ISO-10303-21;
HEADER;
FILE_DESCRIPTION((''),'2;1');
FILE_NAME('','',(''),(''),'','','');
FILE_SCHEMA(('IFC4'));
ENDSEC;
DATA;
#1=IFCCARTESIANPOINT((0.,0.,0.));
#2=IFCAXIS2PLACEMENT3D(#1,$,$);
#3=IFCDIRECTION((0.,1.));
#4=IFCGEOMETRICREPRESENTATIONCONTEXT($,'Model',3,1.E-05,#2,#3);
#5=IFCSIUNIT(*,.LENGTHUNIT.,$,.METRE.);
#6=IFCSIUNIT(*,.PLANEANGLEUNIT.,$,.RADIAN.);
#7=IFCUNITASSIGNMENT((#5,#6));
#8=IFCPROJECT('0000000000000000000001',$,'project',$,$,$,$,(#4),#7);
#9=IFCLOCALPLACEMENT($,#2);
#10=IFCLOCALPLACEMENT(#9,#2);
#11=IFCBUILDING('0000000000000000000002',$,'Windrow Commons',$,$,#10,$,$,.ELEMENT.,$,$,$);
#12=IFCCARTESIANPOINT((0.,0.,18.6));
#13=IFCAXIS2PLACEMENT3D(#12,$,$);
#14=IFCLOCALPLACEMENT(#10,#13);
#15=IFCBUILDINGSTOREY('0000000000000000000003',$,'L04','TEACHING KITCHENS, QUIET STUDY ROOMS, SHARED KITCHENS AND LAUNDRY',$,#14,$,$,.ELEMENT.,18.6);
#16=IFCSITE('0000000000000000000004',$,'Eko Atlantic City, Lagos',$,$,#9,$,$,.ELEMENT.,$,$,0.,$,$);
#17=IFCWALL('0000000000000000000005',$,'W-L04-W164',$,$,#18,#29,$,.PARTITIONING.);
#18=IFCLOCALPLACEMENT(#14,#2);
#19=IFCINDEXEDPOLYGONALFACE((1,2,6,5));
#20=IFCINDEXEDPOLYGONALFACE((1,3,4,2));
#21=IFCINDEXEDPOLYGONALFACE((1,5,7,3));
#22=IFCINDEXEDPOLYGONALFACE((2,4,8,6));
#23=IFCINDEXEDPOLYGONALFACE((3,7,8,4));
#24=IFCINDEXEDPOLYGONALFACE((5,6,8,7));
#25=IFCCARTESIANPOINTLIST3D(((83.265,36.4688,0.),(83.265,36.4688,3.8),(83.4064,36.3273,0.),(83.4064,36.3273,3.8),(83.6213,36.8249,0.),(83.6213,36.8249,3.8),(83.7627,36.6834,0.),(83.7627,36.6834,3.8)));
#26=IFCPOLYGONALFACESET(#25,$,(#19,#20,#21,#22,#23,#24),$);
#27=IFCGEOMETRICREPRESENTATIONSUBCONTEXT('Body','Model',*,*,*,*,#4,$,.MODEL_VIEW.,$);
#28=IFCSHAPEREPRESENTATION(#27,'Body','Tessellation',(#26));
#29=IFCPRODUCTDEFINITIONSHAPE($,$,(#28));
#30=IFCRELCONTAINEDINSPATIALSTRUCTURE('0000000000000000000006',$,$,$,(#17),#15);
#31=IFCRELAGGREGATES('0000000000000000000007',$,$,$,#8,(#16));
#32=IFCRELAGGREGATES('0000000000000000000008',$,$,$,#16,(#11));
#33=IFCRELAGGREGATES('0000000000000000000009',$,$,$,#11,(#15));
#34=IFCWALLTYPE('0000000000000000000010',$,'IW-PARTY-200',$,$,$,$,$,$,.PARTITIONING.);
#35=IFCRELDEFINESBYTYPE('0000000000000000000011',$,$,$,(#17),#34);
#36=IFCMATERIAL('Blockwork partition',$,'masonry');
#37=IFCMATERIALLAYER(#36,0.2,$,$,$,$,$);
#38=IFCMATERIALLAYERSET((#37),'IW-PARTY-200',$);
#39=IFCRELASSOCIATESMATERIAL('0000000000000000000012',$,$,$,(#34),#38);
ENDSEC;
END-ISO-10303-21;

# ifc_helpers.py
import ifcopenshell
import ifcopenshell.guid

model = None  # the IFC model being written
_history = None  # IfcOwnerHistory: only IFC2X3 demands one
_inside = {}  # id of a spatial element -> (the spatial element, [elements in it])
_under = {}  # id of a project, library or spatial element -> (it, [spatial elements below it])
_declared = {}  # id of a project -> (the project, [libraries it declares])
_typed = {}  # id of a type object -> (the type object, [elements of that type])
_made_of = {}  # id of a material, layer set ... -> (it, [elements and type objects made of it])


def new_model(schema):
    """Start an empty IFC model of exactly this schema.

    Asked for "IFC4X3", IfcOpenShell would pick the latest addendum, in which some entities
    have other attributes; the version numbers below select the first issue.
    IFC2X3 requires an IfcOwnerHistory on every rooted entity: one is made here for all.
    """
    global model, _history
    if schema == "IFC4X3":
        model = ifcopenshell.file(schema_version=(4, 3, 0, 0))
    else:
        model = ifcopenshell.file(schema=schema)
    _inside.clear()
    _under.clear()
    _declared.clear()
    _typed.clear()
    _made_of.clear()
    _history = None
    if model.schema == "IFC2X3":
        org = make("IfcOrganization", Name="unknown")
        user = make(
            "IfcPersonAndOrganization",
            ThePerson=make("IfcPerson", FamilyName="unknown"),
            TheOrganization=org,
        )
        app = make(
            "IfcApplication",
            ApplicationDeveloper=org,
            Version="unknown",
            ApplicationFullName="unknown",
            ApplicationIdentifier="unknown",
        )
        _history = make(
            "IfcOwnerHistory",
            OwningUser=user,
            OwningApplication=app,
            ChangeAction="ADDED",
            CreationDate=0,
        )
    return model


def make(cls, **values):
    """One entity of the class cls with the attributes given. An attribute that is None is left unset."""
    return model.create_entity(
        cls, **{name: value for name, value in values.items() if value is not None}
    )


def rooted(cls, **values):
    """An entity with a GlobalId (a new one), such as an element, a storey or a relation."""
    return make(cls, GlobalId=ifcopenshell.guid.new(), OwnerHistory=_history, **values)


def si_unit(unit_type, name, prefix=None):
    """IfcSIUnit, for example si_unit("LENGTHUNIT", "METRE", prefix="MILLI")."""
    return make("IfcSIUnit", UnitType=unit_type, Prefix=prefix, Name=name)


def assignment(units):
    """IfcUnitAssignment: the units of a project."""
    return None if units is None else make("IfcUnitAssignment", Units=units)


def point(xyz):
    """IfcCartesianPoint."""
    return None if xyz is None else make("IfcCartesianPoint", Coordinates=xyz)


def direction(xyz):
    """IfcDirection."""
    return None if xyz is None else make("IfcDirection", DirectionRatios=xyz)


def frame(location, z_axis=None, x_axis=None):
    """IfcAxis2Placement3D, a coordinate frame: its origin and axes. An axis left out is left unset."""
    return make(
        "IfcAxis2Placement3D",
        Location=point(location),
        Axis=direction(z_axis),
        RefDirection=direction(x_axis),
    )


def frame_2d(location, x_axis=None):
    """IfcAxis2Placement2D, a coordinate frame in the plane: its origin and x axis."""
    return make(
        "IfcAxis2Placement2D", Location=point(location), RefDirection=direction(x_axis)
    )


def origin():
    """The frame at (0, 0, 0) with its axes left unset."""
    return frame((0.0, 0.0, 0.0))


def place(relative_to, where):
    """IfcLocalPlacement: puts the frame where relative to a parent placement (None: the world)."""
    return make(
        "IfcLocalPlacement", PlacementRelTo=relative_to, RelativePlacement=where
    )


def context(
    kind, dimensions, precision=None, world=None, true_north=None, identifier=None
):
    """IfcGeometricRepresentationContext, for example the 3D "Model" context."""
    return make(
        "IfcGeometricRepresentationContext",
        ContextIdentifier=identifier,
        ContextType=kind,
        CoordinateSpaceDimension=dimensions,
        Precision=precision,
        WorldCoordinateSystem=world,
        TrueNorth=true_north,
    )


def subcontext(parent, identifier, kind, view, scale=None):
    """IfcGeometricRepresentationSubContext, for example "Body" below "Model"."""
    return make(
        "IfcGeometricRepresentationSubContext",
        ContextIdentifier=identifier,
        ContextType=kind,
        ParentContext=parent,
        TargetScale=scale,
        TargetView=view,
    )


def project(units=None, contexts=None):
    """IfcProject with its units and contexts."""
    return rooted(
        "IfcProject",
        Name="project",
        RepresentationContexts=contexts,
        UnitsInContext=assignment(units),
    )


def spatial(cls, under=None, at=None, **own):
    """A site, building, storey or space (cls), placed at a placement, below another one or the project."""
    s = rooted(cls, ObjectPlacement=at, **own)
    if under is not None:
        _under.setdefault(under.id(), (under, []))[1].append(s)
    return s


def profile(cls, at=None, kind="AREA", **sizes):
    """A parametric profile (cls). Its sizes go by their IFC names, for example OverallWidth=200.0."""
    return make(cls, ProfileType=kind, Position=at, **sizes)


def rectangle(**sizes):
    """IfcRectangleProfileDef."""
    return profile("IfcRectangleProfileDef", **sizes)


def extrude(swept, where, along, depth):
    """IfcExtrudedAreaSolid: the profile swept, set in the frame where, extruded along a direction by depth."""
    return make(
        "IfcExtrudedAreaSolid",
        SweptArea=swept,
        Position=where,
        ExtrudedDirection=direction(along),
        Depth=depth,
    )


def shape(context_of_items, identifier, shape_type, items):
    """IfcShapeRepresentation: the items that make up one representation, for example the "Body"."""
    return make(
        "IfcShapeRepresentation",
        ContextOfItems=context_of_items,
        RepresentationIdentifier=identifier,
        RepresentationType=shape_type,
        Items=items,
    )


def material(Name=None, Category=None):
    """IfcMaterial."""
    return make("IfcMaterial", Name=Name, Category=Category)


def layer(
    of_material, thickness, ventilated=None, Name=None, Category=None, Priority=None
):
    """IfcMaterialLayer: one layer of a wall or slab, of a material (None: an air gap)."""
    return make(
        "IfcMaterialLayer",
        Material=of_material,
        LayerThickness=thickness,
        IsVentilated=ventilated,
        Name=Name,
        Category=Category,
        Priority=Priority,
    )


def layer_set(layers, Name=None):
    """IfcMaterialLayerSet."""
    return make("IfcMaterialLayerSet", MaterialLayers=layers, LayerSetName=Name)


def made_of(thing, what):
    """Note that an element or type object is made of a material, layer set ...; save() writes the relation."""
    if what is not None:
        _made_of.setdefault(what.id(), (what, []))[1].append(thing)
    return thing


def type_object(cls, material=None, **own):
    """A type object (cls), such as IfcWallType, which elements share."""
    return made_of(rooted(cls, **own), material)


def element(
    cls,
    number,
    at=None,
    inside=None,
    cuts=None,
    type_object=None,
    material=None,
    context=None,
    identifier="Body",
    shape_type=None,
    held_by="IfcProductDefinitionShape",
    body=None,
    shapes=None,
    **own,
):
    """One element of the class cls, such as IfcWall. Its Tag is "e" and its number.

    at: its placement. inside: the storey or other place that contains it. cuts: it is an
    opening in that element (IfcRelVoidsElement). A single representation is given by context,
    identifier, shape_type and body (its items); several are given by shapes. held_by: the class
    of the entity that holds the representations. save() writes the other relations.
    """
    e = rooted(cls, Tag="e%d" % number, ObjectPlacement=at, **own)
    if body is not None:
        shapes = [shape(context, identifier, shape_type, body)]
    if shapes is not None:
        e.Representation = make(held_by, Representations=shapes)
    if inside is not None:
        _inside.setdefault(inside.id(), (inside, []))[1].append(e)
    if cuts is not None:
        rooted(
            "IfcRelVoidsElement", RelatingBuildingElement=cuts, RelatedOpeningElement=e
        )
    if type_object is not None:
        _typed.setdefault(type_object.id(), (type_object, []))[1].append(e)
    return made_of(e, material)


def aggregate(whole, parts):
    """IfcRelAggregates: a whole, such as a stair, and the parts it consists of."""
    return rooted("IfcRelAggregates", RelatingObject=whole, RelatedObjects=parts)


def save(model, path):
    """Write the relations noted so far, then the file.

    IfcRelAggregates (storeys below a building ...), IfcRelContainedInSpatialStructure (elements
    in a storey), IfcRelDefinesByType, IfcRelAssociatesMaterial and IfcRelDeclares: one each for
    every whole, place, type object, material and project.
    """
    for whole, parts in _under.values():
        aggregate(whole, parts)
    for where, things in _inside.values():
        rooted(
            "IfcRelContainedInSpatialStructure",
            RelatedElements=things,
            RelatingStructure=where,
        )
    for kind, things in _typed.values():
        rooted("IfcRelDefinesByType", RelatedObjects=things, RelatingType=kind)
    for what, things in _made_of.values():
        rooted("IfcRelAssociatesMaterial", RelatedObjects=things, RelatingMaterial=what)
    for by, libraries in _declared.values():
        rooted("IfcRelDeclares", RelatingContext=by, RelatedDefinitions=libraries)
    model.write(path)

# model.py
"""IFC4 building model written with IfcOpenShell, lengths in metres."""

from ifc_helpers import new_model, si_unit, direction, frame, frame_2d, origin, place, context, subcontext, project, spatial, rectangle, extrude, material, layer, layer_set, type_object, element, save


model = new_model("IFC4")

# Units and contexts
model_context = context("Model", 3, precision=1e-05, world=origin(), true_north=direction((0.0, 1.0)))
body_context = subcontext(model_context, "Body", "Model", "MODEL_VIEW")
ifc_project = project(units=[si_unit("LENGTHUNIT", "METRE"), si_unit("PLANEANGLEUNIT", "RADIAN")], contexts=[model_context])

# Site, building, storey
site_placement = place(None, origin())
site = spatial("IfcSite", under=ifc_project, at=site_placement, Name="Eko Atlantic City, Lagos", CompositionType="ELEMENT", RefElevation=0.0)
building_placement = place(site_placement, origin())
building = spatial("IfcBuilding", under=site, at=building_placement, Name="Windrow Commons", CompositionType="ELEMENT")
storey_placement = place(building_placement, frame((0.0, 0.0, 18.6)))
storey = spatial("IfcBuildingStorey", under=building, at=storey_placement, Name="L04", Description="TEACHING KITCHENS, QUIET STUDY ROOMS, SHARED KITCHENS AND LAUNDRY", CompositionType="ELEMENT", Elevation=18.6)

# Wall
ifc_material_1 = material(Name="Blockwork partition", Category="masonry")
ifc_layer_1 = layer(ifc_material_1, 0.2)
ifc_layer_set_1 = layer_set([ifc_layer_1], Name="IW-PARTY-200")
wall_type_1 = type_object("IfcWallType", Name="IW-PARTY-200", PredefinedType="PARTITIONING", material=ifc_layer_set_1)
wall_1_placement = place(storey_placement, frame((83.3357, 36.398, 0.0), z_axis=(0.0, 0.0, 1.0), x_axis=(0.707206, 0.707008, 0.0)))
element("IfcWall", 1, at=wall_1_placement, inside=storey, type_object=wall_type_1, Name="W-L04-W164", PredefinedType="PARTITIONING", context=body_context, shape_type="SweptSolid", body=[
    extrude(rectangle(XDim=0.5037, YDim=0.2, at=frame_2d((0.2519, 0.0))), origin(), (0.0, 0.0, 1.0), 3.8),
])

save(model, "model.ifc")
